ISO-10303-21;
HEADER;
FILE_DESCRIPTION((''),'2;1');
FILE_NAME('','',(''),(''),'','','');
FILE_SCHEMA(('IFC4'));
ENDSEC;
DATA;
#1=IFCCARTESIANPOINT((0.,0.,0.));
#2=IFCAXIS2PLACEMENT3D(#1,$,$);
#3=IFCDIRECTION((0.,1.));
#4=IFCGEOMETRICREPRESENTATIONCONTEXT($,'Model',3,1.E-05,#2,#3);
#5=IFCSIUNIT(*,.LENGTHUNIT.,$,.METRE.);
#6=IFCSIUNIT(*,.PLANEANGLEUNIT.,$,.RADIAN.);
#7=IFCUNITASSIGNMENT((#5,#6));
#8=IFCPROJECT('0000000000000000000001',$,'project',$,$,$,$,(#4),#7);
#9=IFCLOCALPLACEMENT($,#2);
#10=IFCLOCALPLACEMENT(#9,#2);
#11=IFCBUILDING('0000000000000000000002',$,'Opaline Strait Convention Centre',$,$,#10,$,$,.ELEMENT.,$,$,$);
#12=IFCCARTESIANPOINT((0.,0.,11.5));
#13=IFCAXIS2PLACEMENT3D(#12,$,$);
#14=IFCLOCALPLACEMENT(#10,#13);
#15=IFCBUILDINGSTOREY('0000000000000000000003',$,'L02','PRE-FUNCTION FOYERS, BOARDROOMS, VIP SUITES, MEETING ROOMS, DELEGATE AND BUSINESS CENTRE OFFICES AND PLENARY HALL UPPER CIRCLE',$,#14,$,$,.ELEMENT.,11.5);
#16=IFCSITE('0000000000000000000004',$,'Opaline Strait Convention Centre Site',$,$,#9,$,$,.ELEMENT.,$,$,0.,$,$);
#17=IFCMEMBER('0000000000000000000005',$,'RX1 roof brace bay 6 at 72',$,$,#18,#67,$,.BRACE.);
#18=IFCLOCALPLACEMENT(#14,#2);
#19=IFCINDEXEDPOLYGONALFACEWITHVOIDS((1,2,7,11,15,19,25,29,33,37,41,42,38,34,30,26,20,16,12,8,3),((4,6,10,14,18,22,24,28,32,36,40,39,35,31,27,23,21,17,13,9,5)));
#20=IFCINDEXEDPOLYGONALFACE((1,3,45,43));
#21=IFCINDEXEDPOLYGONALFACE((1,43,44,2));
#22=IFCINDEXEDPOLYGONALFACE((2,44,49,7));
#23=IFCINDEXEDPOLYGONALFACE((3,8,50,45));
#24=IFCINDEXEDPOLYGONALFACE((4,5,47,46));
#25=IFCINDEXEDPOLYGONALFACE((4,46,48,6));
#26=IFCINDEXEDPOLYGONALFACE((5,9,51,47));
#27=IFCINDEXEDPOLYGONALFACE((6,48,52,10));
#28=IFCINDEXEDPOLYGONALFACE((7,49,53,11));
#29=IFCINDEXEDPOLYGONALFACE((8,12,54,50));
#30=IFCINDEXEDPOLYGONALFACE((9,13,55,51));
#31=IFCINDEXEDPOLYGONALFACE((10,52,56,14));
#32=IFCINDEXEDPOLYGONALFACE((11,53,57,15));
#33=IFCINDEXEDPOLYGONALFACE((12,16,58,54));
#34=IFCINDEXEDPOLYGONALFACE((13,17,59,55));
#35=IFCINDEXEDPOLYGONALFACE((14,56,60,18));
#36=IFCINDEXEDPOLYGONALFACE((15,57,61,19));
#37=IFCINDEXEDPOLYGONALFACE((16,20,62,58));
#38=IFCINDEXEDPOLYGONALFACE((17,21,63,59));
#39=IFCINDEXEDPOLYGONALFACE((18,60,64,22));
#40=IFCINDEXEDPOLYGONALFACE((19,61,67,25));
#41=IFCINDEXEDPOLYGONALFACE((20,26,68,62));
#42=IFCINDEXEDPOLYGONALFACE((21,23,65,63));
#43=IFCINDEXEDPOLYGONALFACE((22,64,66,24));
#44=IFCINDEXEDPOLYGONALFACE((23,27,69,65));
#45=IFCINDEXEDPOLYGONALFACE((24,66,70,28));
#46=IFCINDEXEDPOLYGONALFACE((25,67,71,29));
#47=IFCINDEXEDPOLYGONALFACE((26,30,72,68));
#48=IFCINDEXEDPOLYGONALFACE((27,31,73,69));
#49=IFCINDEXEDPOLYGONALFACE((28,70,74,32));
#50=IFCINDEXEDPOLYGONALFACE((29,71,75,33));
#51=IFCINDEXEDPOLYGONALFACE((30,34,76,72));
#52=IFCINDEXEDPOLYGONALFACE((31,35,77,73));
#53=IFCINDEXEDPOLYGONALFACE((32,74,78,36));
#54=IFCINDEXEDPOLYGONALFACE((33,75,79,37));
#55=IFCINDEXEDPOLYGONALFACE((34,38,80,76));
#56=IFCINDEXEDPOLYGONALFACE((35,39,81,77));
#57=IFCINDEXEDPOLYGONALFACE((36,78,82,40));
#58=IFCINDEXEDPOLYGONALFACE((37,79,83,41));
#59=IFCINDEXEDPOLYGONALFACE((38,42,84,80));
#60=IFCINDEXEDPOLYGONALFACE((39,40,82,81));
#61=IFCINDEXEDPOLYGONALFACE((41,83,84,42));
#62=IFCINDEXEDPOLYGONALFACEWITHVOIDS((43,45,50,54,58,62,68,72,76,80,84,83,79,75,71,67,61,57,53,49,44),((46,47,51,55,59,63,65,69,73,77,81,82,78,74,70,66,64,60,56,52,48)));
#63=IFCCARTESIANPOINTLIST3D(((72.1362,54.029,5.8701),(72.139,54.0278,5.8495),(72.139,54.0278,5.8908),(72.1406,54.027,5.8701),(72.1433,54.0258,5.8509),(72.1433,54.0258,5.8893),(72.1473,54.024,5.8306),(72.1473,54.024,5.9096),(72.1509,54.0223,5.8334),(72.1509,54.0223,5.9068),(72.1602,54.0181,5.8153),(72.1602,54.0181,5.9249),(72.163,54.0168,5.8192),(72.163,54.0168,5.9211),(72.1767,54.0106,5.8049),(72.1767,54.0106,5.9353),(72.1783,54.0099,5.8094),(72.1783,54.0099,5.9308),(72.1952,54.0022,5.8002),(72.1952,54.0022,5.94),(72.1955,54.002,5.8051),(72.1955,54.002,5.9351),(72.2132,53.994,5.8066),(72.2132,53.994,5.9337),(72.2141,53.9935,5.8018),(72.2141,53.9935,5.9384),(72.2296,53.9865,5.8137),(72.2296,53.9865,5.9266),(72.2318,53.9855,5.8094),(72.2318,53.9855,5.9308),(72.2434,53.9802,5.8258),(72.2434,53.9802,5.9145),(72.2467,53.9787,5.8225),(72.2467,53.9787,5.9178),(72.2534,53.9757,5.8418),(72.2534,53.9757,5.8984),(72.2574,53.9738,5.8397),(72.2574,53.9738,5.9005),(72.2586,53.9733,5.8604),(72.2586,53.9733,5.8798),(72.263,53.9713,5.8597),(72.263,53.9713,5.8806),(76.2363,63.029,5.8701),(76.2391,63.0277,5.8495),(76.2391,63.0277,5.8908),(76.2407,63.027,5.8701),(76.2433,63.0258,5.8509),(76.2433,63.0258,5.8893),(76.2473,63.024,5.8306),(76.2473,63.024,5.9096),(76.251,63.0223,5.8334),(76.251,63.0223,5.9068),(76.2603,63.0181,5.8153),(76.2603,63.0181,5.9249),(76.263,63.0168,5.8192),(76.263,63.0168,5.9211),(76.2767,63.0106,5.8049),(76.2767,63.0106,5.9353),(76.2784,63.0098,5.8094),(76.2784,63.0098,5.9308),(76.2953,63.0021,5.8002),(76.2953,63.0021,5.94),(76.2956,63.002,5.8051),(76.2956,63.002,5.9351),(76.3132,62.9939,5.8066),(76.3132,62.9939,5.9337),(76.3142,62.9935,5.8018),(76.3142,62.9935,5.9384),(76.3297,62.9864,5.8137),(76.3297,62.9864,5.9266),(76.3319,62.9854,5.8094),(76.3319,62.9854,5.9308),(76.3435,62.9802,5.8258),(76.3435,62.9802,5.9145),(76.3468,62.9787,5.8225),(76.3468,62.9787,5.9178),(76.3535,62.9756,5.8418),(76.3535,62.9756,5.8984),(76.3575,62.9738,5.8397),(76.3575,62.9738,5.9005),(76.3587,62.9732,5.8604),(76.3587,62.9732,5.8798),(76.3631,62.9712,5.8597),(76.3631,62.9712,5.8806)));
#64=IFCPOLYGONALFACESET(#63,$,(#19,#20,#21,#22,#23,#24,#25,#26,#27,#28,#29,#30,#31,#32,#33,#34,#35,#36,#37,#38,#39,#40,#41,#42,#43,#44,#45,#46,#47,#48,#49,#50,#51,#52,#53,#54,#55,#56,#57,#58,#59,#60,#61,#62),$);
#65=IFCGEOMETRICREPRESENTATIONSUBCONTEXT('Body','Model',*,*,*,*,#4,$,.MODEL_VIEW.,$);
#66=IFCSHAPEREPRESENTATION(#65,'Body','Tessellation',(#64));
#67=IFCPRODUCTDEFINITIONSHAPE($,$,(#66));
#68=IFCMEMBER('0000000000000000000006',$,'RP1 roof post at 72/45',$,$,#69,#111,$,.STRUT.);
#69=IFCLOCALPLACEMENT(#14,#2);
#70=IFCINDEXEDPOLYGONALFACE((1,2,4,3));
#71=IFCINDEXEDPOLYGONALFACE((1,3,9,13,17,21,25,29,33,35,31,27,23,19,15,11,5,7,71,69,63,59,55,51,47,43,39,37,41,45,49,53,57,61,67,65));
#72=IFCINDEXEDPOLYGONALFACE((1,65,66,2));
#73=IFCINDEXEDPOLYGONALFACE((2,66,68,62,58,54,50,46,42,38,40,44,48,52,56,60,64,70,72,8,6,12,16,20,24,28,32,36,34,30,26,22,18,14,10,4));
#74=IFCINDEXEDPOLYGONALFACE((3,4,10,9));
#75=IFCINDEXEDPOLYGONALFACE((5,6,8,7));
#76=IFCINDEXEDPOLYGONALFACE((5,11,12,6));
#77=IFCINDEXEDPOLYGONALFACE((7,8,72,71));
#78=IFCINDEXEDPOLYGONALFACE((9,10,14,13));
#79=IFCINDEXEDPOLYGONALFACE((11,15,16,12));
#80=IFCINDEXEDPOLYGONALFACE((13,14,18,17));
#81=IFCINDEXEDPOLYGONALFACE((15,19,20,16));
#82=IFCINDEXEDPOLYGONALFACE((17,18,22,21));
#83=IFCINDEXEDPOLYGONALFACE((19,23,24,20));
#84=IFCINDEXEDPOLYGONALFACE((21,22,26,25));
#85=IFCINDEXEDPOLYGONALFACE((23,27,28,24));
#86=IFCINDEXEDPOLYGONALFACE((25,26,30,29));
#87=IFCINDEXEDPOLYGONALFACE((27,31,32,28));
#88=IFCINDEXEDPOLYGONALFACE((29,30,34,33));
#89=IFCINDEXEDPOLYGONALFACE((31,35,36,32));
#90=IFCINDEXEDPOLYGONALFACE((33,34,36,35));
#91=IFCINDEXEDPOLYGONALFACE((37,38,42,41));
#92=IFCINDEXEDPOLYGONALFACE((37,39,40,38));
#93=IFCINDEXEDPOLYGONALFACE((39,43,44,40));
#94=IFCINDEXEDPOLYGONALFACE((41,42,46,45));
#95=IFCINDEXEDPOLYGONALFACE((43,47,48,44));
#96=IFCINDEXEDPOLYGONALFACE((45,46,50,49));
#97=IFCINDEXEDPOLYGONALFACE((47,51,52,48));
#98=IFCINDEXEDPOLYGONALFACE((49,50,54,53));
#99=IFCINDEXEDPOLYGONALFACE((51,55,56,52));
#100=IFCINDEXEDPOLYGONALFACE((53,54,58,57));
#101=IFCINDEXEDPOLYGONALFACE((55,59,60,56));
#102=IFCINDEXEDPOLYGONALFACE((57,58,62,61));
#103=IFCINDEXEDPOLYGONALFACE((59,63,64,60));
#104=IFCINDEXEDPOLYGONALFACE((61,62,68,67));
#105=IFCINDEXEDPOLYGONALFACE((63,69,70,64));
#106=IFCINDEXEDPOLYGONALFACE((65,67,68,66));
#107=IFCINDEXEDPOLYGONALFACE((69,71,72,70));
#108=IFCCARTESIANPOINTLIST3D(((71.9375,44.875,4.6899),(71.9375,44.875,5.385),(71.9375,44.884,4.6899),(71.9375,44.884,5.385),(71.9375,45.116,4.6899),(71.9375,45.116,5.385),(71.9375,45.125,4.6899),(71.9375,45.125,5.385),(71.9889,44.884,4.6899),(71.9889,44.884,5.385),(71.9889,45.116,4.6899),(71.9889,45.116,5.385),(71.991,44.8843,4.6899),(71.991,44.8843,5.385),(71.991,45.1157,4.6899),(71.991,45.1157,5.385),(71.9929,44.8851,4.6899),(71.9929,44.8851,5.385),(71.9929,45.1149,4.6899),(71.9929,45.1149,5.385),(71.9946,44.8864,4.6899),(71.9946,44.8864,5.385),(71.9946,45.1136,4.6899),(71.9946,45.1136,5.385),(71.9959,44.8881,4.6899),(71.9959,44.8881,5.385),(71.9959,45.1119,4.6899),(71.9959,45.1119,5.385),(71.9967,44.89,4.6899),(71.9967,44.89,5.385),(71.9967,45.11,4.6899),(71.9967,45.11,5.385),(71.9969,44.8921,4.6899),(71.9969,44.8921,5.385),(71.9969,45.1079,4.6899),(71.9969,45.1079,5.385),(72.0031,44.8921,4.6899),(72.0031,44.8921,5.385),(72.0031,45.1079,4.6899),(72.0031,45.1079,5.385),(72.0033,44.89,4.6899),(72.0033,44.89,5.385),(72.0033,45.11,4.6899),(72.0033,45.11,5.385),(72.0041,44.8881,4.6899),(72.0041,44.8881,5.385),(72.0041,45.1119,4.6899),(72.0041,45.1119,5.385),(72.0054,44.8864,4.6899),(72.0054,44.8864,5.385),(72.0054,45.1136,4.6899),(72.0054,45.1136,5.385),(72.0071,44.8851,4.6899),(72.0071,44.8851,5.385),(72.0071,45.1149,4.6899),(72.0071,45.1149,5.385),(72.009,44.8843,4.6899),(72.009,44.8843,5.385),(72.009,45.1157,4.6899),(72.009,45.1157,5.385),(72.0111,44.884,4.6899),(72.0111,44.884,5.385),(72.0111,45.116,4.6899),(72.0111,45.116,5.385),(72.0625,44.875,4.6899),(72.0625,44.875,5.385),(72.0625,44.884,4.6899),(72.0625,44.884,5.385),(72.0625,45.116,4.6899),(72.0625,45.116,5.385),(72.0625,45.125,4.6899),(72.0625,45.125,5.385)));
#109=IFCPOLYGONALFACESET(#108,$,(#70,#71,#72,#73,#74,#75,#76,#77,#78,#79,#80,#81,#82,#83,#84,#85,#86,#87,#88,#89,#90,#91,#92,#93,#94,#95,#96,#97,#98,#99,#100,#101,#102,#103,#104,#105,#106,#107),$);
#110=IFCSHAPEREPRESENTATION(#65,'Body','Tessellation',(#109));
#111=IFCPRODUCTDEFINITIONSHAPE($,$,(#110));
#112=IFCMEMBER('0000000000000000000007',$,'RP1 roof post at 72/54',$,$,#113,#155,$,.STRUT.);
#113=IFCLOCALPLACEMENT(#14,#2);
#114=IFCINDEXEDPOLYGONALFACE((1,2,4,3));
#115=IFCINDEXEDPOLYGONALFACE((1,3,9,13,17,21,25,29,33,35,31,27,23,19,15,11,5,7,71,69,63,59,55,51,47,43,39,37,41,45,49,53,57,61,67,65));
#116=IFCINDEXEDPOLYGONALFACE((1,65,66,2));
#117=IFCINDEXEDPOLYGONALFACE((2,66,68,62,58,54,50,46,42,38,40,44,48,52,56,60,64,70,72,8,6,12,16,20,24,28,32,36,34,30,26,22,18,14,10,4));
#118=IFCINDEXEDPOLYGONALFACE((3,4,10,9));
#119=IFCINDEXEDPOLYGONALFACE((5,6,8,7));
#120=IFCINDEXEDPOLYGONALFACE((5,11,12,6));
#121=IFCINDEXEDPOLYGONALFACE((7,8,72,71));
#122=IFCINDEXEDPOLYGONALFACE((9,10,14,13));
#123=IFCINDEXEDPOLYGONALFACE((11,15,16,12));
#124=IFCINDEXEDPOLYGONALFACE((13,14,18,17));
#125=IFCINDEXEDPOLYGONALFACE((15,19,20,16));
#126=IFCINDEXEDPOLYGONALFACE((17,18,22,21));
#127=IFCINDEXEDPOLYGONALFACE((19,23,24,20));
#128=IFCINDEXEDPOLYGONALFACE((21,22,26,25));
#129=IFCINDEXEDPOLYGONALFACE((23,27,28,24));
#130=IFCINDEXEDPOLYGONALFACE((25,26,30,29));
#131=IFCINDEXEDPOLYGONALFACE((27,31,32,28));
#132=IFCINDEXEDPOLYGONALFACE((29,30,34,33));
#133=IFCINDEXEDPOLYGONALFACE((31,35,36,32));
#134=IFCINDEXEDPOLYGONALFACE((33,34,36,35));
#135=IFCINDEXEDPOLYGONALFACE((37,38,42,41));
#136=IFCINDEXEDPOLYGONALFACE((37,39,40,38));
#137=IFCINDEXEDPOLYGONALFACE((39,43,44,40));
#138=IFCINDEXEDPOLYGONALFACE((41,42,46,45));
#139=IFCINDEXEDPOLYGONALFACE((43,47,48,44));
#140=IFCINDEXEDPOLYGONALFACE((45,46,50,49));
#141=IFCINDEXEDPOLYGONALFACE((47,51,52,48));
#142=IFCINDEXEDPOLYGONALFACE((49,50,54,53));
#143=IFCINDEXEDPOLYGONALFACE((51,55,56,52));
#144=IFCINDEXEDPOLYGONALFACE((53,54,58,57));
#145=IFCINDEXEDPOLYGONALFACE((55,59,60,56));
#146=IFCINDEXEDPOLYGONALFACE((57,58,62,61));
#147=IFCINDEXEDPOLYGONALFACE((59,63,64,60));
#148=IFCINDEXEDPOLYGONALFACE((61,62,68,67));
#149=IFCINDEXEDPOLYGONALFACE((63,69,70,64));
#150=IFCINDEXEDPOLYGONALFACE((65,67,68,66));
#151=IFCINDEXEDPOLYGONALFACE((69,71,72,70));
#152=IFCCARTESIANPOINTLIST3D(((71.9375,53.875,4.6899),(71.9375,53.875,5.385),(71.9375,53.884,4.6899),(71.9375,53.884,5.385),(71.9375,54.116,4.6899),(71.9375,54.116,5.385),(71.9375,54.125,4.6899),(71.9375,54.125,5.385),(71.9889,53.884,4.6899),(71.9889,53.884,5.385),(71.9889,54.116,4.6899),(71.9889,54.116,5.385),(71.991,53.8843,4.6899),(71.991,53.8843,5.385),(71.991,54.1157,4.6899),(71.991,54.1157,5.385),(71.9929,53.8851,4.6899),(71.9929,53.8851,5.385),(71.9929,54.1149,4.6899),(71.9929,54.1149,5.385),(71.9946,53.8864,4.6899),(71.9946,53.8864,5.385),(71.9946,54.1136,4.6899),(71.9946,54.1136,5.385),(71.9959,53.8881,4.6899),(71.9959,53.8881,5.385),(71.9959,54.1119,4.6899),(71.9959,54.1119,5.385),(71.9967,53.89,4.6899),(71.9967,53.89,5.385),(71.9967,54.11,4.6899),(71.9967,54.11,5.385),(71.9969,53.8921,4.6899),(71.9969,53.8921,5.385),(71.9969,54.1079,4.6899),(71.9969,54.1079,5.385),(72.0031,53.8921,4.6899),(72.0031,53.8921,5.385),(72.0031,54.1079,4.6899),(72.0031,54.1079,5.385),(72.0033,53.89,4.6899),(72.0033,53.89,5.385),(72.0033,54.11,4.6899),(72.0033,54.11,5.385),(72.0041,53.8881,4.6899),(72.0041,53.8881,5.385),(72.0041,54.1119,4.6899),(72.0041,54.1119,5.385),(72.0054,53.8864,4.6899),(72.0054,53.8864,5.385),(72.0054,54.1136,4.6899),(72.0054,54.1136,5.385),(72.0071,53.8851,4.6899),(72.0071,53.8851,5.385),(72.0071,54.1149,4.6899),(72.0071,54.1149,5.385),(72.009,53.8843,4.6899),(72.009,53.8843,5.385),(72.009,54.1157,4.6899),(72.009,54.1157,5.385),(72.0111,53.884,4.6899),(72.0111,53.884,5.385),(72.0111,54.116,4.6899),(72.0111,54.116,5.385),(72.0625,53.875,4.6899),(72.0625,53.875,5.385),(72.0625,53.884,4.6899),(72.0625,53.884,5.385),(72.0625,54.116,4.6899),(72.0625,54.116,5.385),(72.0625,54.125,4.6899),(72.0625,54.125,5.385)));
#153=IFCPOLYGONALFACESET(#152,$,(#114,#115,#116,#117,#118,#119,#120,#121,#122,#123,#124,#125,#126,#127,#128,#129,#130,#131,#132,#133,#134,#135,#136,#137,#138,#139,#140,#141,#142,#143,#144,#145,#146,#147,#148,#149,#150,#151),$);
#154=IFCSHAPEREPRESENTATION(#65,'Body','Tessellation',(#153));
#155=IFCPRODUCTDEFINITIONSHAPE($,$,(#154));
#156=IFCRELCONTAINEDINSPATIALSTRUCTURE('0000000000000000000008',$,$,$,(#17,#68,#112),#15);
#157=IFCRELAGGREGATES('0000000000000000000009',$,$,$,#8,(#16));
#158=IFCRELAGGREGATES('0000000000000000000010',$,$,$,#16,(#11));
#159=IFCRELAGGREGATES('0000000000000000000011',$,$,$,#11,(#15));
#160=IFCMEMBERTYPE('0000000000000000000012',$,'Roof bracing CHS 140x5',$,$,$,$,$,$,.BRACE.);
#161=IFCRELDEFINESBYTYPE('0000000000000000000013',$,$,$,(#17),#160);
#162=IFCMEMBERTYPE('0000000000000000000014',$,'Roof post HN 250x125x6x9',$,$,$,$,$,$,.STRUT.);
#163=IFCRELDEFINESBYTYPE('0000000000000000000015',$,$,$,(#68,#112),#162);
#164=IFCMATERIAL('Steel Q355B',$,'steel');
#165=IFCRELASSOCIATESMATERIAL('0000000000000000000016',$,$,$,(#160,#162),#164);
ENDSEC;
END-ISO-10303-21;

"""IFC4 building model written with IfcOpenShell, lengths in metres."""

from ifc_helpers import new_model, si_unit, direction, frame, origin, origin_2d, place, context, subcontext, project, spatial, hollow_circle, i_section, extrude, material, material_profile, profile_set, type_object, element, save


model = new_model("IFC4")

# Units and contexts
model_context = context("Model", 3, precision=1e-05, world=origin(), true_north=direction((0.0, 1.0)))
body_context = subcontext(model_context, "Body", "Model", "MODEL_VIEW")
ifc_project = project(units=[si_unit("LENGTHUNIT", "METRE"), si_unit("PLANEANGLEUNIT", "RADIAN")], contexts=[model_context])

# Site, building, storey
site_placement = place(None, origin())
site = spatial("IfcSite", under=ifc_project, at=site_placement, Name="Opaline Strait Convention Centre Site", CompositionType="ELEMENT", RefElevation=0.0)
building_placement = place(site_placement, origin())
building = spatial("IfcBuilding", under=site, at=building_placement, Name="Opaline Strait Convention Centre", CompositionType="ELEMENT")
storey_placement = place(building_placement, frame((0.0, 0.0, 11.5)))
storey = spatial("IfcBuildingStorey", under=building, at=storey_placement, Name="L02", Description="PRE-FUNCTION FOYERS, BOARDROOMS, VIP SUITES, MEETING ROOMS, DELEGATE AND BUSINESS CENTRE OFFICES AND PLENARY HALL UPPER CIRCLE", CompositionType="ELEMENT", Elevation=11.5)

# Shared definitions
ifc_material_1 = material(Name="Steel Q355B", Category="steel")

# Members
ifc_material_profile_1 = material_profile(ifc_material_1, hollow_circle(Radius=0.0701, WallThickness=0.0049, at=origin_2d()), Name="CHS 140x5")
ifc_profile_set_1 = profile_set([ifc_material_profile_1], Name="Steel Q355B")
member_type_1 = type_object("IfcMemberType", Name="Roof bracing CHS 140x5", PredefinedType="BRACE", material=ifc_profile_set_1)
for number, where, z_axis, x_axis, name in (
    (1, (72.2, 54.0, 5.8701), (0.414573, 0.910016, 0.0), (-0.910016, 0.414573, 0.0), "RX1 roof brace bay 6 at 72"),
):
    element("IfcMember", number, at=place(storey_placement, frame(where, z_axis=z_axis, x_axis=x_axis)), inside=storey, type_object=member_type_1, Name=name, PredefinedType="BRACE", context=body_context, shape_type="SweptSolid", body=[
        extrude(hollow_circle(Radius=0.0701, WallThickness=0.0049, at=origin_2d()), origin(), (0.0, 0.0, 1.0), 9.8899),
    ])
ifc_material_profile_2 = material_profile(ifc_material_1, i_section(OverallWidth=0.125, OverallDepth=0.25, WebThickness=0.0061, FlangeThickness=0.009, FilletRadius=0.0081, at=origin_2d()), Name="HN 250x125x6x9")
ifc_profile_set_2 = profile_set([ifc_material_profile_2], Name="Steel Q355B")
member_type_2 = type_object("IfcMemberType", Name="Roof post HN 250x125x6x9", PredefinedType="STRUT", material=ifc_profile_set_2)
for number, where, z_axis, x_axis, name in (
    (2, (72.0, 45.0, 4.6899), (0.0, 0.0, 1.0), (1.0, 0.0, 0.0), "RP1 roof post at 72/45"),
    (3, (72.0, 54.0, 4.6899), (0.0, 0.0, 1.0), (1.0, 0.0, 0.0), "RP1 roof post at 72/54"),
):
    element("IfcMember", number, at=place(storey_placement, frame(where, z_axis=z_axis, x_axis=x_axis)), inside=storey, type_object=member_type_2, Name=name, PredefinedType="STRUT", context=body_context, shape_type="SweptSolid", body=[
        extrude(i_section(OverallWidth=0.125, OverallDepth=0.25, WebThickness=0.0061, FlangeThickness=0.009, FilletRadius=0.0081, at=origin_2d()), origin(), (0.0, 0.0, 1.0), 0.6951),
    ])

save(model, "model.ifc")
